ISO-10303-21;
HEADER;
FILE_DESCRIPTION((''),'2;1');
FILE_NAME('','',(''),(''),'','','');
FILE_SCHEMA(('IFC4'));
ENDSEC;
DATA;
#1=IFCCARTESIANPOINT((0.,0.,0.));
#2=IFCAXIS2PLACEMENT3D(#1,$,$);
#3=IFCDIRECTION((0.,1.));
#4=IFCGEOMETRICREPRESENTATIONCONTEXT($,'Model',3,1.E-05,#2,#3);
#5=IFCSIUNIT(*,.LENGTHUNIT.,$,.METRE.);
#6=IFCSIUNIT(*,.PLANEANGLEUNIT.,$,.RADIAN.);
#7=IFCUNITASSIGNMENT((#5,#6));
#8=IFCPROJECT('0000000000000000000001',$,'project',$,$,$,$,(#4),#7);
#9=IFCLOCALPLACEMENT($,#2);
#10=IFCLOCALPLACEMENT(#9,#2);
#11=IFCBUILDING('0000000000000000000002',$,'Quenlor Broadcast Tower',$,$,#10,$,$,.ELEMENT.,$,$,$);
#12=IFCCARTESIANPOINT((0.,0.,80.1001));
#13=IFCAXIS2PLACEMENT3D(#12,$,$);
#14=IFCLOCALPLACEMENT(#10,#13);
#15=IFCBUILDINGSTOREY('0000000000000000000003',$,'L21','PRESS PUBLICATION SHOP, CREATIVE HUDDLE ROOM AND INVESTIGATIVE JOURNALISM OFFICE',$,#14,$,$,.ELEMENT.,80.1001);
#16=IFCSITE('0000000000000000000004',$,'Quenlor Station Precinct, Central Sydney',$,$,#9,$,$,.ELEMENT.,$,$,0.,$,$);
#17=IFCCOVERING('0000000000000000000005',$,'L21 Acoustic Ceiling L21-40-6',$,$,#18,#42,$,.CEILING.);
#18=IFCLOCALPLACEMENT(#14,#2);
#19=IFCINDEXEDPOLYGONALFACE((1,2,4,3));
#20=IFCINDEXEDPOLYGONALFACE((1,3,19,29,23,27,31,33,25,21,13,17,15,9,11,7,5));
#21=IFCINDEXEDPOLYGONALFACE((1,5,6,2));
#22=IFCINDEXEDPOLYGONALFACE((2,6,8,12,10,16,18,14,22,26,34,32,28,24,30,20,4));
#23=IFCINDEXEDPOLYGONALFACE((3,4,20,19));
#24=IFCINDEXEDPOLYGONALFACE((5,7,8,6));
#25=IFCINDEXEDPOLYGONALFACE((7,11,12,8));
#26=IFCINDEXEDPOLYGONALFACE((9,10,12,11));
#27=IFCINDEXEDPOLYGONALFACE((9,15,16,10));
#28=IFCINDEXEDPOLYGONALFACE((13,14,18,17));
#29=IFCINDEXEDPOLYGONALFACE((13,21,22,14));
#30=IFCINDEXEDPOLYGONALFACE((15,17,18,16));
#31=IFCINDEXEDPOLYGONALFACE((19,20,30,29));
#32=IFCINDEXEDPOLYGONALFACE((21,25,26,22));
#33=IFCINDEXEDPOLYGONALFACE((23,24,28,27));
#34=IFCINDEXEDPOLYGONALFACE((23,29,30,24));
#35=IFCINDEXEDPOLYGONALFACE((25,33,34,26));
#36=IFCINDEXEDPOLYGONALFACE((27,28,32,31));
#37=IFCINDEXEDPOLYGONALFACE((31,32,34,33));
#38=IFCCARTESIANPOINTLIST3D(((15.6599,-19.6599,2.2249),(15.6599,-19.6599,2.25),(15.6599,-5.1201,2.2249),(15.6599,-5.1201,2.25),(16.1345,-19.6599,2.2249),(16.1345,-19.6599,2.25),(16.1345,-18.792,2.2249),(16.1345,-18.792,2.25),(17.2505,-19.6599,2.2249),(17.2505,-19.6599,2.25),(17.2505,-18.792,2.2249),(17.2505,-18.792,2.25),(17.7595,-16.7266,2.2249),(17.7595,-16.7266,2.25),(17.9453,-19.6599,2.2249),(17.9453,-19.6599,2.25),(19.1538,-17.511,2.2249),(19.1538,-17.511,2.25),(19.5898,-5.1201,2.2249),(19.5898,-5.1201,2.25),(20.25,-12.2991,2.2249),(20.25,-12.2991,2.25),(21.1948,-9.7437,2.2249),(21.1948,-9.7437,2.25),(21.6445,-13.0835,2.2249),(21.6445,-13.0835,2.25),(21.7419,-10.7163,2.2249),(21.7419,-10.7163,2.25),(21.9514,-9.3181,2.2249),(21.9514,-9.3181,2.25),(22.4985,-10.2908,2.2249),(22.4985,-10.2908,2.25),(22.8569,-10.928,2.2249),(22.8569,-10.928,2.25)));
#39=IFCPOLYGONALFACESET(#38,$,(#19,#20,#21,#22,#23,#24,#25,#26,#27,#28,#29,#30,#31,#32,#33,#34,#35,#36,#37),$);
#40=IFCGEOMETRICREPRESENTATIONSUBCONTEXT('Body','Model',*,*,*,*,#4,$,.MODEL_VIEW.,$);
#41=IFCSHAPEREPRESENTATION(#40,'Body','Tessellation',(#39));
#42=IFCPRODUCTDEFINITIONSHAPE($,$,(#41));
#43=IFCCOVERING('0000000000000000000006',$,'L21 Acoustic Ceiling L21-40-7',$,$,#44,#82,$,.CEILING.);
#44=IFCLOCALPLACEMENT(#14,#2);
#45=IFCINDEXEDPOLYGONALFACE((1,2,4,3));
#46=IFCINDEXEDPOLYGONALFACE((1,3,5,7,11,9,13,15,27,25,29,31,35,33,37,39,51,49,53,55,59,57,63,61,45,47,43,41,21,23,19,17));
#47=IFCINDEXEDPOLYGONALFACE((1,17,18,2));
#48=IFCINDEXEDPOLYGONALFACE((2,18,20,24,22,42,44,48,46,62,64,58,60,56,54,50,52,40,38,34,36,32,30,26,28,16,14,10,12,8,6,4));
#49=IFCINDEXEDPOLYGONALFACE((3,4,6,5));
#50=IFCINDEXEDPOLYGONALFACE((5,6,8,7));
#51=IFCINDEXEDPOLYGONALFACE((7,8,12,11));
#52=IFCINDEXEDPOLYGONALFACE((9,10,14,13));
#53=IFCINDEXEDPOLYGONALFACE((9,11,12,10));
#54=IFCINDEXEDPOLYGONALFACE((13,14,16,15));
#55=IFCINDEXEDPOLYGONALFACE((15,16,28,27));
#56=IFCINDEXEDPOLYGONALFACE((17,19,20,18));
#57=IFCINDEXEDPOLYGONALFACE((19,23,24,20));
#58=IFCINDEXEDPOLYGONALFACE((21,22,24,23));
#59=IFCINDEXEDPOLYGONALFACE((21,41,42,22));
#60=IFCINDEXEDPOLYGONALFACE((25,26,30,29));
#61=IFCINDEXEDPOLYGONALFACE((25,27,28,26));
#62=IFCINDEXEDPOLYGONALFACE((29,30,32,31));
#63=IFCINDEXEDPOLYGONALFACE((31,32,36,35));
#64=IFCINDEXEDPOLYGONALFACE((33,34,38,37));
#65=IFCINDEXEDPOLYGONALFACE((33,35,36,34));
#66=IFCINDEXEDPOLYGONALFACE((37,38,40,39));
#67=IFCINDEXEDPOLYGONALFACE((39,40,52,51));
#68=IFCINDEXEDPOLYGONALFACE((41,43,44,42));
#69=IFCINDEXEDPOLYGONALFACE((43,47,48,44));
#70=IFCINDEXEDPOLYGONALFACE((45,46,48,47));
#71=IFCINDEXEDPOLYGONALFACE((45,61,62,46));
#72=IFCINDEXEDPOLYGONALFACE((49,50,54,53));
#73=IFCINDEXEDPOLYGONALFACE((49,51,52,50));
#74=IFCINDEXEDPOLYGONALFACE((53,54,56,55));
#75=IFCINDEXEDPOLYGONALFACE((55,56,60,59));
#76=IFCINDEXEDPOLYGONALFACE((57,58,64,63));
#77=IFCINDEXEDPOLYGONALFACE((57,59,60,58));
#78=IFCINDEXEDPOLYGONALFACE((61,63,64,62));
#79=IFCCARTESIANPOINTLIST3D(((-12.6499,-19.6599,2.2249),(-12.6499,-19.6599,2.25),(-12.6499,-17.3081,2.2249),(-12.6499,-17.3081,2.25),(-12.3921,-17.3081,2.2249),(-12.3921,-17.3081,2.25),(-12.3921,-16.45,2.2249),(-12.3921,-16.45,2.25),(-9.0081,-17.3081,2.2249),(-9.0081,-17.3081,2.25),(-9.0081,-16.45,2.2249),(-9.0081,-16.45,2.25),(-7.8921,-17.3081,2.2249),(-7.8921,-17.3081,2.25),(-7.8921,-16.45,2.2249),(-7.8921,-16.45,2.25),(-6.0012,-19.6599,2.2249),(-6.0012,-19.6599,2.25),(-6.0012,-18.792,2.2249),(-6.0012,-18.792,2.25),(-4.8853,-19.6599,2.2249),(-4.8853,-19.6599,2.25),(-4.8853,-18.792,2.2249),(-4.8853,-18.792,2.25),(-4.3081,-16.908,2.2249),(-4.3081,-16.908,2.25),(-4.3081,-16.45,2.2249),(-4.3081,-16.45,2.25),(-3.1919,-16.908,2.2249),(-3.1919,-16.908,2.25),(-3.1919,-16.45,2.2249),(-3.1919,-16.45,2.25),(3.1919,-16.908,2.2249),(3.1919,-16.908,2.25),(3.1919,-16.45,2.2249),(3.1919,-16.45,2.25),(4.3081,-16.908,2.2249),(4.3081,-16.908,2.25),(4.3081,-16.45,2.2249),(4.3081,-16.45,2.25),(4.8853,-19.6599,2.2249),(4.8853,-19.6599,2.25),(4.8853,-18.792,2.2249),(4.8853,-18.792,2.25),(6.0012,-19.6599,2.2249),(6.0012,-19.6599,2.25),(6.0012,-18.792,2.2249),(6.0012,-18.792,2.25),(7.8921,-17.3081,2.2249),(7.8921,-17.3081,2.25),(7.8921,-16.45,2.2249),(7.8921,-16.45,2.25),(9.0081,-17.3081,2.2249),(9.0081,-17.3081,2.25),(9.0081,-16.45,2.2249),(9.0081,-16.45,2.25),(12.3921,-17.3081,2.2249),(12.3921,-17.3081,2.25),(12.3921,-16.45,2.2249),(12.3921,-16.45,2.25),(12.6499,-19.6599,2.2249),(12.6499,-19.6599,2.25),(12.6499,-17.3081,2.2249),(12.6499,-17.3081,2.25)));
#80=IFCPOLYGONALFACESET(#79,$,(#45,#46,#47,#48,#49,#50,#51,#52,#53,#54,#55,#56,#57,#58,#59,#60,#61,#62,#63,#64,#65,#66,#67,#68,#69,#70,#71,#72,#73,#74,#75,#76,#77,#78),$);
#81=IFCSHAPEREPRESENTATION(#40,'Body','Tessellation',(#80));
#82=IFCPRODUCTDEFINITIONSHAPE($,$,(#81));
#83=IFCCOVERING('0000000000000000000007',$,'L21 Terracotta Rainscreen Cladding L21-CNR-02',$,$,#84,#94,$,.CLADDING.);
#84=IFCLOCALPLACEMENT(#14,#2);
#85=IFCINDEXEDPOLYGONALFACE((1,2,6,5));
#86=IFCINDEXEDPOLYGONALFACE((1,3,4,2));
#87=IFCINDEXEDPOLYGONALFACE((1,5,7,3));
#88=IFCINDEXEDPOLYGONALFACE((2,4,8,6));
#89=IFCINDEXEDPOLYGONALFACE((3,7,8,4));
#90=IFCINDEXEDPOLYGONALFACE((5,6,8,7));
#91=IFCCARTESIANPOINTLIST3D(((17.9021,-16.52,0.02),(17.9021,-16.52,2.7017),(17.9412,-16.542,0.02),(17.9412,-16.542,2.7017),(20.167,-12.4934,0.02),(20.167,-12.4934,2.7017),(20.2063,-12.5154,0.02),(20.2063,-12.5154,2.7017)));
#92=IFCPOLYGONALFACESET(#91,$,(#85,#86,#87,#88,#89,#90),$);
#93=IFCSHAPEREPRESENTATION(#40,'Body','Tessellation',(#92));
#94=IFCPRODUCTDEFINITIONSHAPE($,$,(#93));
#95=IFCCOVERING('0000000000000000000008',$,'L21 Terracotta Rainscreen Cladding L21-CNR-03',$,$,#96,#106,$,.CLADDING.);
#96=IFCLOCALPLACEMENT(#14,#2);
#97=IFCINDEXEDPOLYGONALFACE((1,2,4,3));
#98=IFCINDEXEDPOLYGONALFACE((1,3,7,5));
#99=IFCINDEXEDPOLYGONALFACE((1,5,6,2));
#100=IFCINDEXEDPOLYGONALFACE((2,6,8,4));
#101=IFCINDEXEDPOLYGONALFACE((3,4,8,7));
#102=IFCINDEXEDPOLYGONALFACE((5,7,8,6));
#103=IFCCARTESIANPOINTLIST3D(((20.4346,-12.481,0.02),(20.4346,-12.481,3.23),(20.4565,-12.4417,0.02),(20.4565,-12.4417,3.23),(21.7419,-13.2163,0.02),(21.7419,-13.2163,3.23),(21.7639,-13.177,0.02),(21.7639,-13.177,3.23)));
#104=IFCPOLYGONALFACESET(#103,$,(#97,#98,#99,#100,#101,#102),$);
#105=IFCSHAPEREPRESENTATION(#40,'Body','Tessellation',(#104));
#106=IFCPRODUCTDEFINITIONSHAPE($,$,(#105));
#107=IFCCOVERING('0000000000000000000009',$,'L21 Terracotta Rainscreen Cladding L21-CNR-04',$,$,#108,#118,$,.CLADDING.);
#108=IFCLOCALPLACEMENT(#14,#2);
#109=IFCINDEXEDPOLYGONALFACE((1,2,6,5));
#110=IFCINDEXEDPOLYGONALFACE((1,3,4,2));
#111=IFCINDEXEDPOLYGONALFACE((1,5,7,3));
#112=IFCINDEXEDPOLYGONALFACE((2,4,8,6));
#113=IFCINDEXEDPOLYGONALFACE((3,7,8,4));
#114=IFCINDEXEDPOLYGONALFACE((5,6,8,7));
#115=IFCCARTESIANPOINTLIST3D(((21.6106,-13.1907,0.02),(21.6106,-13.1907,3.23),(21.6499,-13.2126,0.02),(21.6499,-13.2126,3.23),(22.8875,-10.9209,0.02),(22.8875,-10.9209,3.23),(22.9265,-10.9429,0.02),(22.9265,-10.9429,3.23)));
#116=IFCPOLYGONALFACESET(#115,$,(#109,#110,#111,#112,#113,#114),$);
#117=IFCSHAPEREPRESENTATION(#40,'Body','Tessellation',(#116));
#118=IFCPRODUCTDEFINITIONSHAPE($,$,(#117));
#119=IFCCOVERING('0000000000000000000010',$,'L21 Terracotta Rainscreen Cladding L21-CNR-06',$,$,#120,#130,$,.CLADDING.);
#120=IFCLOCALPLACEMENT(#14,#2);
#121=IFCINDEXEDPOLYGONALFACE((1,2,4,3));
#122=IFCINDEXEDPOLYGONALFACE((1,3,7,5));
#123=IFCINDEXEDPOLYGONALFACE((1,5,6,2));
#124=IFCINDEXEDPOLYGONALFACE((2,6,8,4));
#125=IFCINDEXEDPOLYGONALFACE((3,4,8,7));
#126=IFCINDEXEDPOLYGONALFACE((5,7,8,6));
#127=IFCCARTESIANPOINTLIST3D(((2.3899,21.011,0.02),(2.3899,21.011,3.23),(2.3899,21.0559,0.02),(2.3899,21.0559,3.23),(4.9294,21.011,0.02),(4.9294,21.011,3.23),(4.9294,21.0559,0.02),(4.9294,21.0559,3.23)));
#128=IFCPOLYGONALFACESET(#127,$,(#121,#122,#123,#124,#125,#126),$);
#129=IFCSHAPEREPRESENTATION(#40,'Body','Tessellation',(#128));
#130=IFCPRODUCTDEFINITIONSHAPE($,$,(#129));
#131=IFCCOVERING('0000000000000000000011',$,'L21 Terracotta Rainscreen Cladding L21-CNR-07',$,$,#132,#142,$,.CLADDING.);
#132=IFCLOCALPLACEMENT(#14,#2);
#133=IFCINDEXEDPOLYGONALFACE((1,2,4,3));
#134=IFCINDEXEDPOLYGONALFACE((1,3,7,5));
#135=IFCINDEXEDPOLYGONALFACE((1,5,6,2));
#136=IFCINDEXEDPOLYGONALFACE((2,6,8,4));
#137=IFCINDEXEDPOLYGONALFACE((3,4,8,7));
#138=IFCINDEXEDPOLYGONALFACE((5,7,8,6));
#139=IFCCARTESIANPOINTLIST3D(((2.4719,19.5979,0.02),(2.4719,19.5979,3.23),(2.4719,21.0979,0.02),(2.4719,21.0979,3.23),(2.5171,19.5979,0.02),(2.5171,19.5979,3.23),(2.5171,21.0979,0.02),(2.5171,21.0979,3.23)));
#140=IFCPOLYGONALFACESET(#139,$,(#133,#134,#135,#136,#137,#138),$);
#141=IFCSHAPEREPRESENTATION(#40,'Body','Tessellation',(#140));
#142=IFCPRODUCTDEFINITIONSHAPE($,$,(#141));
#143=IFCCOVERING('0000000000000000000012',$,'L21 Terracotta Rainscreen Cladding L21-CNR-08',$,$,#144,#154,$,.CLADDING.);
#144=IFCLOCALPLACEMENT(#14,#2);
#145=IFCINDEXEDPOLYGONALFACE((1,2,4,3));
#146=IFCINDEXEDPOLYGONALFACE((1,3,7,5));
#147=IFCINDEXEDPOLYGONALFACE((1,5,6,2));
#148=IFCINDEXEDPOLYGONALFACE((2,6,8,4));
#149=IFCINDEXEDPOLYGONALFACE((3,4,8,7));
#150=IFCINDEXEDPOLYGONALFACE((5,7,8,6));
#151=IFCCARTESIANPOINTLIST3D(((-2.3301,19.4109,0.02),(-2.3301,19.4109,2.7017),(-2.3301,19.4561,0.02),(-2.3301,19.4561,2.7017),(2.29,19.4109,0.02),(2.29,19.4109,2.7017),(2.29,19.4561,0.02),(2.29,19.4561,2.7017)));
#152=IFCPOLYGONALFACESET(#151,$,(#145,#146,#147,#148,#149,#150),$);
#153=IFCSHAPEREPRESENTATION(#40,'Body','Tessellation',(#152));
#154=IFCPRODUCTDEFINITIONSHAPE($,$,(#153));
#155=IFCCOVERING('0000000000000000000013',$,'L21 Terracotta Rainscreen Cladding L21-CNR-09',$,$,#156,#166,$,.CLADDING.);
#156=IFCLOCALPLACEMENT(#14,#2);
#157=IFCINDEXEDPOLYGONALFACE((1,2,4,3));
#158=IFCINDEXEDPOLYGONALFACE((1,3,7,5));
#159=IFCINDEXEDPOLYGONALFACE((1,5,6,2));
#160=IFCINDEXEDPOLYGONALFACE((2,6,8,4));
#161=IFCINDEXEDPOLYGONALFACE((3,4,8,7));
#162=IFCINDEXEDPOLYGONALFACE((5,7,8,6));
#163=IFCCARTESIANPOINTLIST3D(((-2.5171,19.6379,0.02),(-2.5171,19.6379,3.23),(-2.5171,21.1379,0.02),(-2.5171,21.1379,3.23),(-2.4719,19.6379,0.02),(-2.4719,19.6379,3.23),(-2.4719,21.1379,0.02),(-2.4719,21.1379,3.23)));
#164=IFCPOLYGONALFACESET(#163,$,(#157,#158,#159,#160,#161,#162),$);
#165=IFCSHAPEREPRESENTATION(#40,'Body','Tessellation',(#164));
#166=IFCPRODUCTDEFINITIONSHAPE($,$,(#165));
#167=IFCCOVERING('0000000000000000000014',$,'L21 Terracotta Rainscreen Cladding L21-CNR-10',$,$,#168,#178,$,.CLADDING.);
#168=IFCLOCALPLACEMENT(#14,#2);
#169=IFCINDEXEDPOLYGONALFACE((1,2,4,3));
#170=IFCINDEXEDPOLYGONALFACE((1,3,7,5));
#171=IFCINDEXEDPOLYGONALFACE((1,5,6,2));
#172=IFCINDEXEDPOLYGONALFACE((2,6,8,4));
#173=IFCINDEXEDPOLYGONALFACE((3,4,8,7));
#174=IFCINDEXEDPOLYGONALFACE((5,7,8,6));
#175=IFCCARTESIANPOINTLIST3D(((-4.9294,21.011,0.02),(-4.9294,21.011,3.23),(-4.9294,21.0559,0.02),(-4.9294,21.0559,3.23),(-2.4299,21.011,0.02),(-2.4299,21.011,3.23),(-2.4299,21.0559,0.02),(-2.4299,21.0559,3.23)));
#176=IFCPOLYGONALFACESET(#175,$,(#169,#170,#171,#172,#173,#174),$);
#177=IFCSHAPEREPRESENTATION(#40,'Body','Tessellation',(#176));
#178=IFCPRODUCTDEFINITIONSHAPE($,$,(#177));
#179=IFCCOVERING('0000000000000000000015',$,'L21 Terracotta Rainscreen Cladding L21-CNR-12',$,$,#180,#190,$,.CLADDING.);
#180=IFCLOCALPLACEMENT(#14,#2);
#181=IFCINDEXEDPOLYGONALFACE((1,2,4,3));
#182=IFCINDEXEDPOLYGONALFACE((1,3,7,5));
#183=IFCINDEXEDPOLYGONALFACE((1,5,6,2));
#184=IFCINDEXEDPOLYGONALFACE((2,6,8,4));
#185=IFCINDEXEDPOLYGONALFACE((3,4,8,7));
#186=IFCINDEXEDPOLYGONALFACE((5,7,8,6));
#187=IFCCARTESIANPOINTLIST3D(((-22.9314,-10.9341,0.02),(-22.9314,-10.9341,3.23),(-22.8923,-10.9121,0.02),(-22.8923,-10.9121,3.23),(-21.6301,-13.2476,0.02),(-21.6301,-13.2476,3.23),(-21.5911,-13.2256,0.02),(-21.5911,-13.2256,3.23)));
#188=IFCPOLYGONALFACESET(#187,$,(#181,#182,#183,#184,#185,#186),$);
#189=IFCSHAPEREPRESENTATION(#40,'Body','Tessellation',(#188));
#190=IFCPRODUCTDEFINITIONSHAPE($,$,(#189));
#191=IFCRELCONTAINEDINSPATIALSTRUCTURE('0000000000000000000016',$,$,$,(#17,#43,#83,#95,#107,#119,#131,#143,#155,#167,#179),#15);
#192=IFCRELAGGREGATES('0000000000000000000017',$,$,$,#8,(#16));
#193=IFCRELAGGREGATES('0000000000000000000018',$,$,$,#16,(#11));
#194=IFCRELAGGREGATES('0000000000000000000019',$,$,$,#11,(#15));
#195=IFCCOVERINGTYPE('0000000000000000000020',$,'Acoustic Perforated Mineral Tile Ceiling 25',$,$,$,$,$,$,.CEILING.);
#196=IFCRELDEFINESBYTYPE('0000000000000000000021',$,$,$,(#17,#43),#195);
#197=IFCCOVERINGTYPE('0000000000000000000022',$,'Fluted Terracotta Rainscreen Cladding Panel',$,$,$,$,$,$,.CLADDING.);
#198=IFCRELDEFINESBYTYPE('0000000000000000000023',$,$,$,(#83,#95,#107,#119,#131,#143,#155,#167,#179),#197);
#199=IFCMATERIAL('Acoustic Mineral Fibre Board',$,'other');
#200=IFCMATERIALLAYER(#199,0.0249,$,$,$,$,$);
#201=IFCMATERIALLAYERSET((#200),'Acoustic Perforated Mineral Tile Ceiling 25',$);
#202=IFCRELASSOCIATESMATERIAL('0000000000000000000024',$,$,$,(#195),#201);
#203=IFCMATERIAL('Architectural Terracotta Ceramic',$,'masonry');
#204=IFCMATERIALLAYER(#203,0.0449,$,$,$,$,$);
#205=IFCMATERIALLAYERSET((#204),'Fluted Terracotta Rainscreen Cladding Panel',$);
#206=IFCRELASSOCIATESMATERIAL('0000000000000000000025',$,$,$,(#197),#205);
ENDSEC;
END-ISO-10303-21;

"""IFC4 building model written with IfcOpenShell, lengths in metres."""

from ifc_helpers import new_model, si_unit, direction, frame, origin, place, context, subcontext, project, spatial, polyline, outline, extrude, material, layer, layer_set, type_object, element, save


model = new_model("IFC4")

# Units and contexts
model_context = context("Model", 3, precision=1e-05, world=origin(), true_north=direction((0.0, 1.0)))
body_context = subcontext(model_context, "Body", "Model", "MODEL_VIEW")
ifc_project = project(units=[si_unit("LENGTHUNIT", "METRE"), si_unit("PLANEANGLEUNIT", "RADIAN")], contexts=[model_context])

# Site, building, storey
site_placement = place(None, origin())
site = spatial("IfcSite", under=ifc_project, at=site_placement, Name="Quenlor Station Precinct, Central Sydney", CompositionType="ELEMENT", RefElevation=0.0)
building_placement = place(site_placement, origin())
building = spatial("IfcBuilding", under=site, at=building_placement, Name="Quenlor Broadcast Tower", CompositionType="ELEMENT")
storey_placement = place(building_placement, frame((0.0, 0.0, 80.1001)))
storey = spatial("IfcBuildingStorey", under=building, at=storey_placement, Name="L21", Description="PRESS PUBLICATION SHOP, CREATIVE HUDDLE ROOM AND INVESTIGATIVE JOURNALISM OFFICE", CompositionType="ELEMENT", Elevation=80.1001)

# Coverings
ifc_material_1 = material(Name="Acoustic Mineral Fibre Board", Category="other")
ifc_layer_1 = layer(ifc_material_1, 0.0249)
ifc_layer_set_1 = layer_set([ifc_layer_1], Name="Acoustic Perforated Mineral Tile Ceiling 25")
covering_type_1 = type_object("IfcCoveringType", Name="Acoustic Perforated Mineral Tile Ceiling 25", PredefinedType="CEILING", material=ifc_layer_set_1)
covering_1_placement = place(storey_placement, frame((0.0, 0.0, 2.2249)))
element("IfcCovering", 1, at=covering_1_placement, inside=storey, type_object=covering_type_1, Name="L21 Acoustic Ceiling L21-40-6", PredefinedType="CEILING", context=body_context, shape_type="SweptSolid", body=[
    extrude(outline(polyline([(21.9514, -9.3181), (21.1948, -9.7437), (21.7419, -10.7163), (22.4985, -10.2908), (22.8569, -10.928), (21.6445, -13.0835), (20.25, -12.2991), (17.7595, -16.7266), (19.1538, -17.511), (17.9453, -19.6599), (17.2505, -19.6599), (17.2505, -18.792), (16.1345, -18.792), (16.1345, -19.6599), (15.6599, -19.6599), (15.6599, -5.1201), (19.5898, -5.1201), (21.9514, -9.3181)])), origin(), (0.0, 0.0, 1.0), 0.0251),
])
covering_2_placement = place(storey_placement, frame((0.0, 0.0, 2.2249)))
element("IfcCovering", 2, at=covering_2_placement, inside=storey, type_object=covering_type_1, Name="L21 Acoustic Ceiling L21-40-7", PredefinedType="CEILING", context=body_context, shape_type="SweptSolid", body=[
    extrude(outline(polyline([(-12.3921, -17.3081), (-12.3921, -16.45), (-9.0081, -16.45), (-9.0081, -17.3081), (-7.8921, -17.3081), (-7.8921, -16.45), (-4.3081, -16.45), (-4.3081, -16.908), (-3.1919, -16.908), (-3.1919, -16.45), (3.1919, -16.45), (3.1919, -16.908), (4.3081, -16.908), (4.3081, -16.45), (7.8921, -16.45), (7.8921, -17.3081), (9.0081, -17.3081), (9.0081, -16.45), (12.3921, -16.45), (12.3921, -17.3081), (12.6499, -17.3081), (12.6499, -19.6599), (6.0012, -19.6599), (6.0012, -18.792), (4.8853, -18.792), (4.8853, -19.6599), (-4.8853, -19.6599), (-4.8853, -18.792), (-6.0012, -18.792), (-6.0012, -19.6599), (-12.6499, -19.6599), (-12.6499, -17.3081), (-12.3921, -17.3081)])), origin(), (0.0, 0.0, 1.0), 0.0251),
])
ifc_material_2 = material(Name="Architectural Terracotta Ceramic", Category="masonry")
ifc_layer_2 = layer(ifc_material_2, 0.0449)
ifc_layer_set_2 = layer_set([ifc_layer_2], Name="Fluted Terracotta Rainscreen Cladding Panel")
covering_type_2 = type_object("IfcCoveringType", Name="Fluted Terracotta Rainscreen Cladding Panel", PredefinedType="CLADDING", material=ifc_layer_set_2)
covering_3_placement = place(storey_placement, frame((0.0, 0.0, 0.02)))
element("IfcCovering", 3, at=covering_3_placement, inside=storey, type_object=covering_type_2, Name="L21 Terracotta Rainscreen Cladding L21-CNR-02", PredefinedType="CLADDING", context=body_context, shape_type="SweptSolid", body=[
    extrude(outline(polyline([(17.9412, -16.542), (20.2063, -12.5154), (20.167, -12.4934), (17.9021, -16.52), (17.9412, -16.542)])), origin(), (0.0, 0.0, 1.0), 2.6816),
])
covering_4_placement = place(storey_placement, frame((0.0, 0.0, 0.02)))
element("IfcCovering", 4, at=covering_4_placement, inside=storey, type_object=covering_type_2, Name="L21 Terracotta Rainscreen Cladding L21-CNR-03", PredefinedType="CLADDING", context=body_context, shape_type="SweptSolid", body=[
    extrude(outline(polyline([(20.4346, -12.481), (21.7419, -13.2163), (21.7639, -13.177), (20.4565, -12.4417), (20.4346, -12.481)])), origin(), (0.0, 0.0, 1.0), 3.21),
])
covering_5_placement = place(storey_placement, frame((0.0, 0.0, 0.02)))
element("IfcCovering", 5, at=covering_5_placement, inside=storey, type_object=covering_type_2, Name="L21 Terracotta Rainscreen Cladding L21-CNR-04", PredefinedType="CLADDING", context=body_context, shape_type="SweptSolid", body=[
    extrude(outline(polyline([(21.6499, -13.2126), (22.9265, -10.9429), (22.8875, -10.9209), (21.6106, -13.1907), (21.6499, -13.2126)])), origin(), (0.0, 0.0, 1.0), 3.21),
])
covering_6_placement = place(storey_placement, frame((0.0, 0.0, 0.02)))
element("IfcCovering", 6, at=covering_6_placement, inside=storey, type_object=covering_type_2, Name="L21 Terracotta Rainscreen Cladding L21-CNR-06", PredefinedType="CLADDING", context=body_context, shape_type="SweptSolid", body=[
    extrude(outline(polyline([(4.9294, 21.0559), (2.3899, 21.0559), (2.3899, 21.011), (4.9294, 21.011), (4.9294, 21.0559)])), origin(), (0.0, 0.0, 1.0), 3.21),
])
covering_7_placement = place(storey_placement, frame((0.0, 0.0, 0.02)))
element("IfcCovering", 7, at=covering_7_placement, inside=storey, type_object=covering_type_2, Name="L21 Terracotta Rainscreen Cladding L21-CNR-07", PredefinedType="CLADDING", context=body_context, shape_type="SweptSolid", body=[
    extrude(outline(polyline([(2.4719, 21.0979), (2.4719, 19.5979), (2.5171, 19.5979), (2.5171, 21.0979), (2.4719, 21.0979)])), origin(), (0.0, 0.0, 1.0), 3.21),
])
covering_8_placement = place(storey_placement, frame((0.0, 0.0, 0.02)))
element("IfcCovering", 8, at=covering_8_placement, inside=storey, type_object=covering_type_2, Name="L21 Terracotta Rainscreen Cladding L21-CNR-08", PredefinedType="CLADDING", context=body_context, shape_type="SweptSolid", body=[
    extrude(outline(polyline([(2.29, 19.4561), (-2.3301, 19.4561), (-2.3301, 19.4109), (2.29, 19.4109), (2.29, 19.4561)])), origin(), (0.0, 0.0, 1.0), 2.6816),
])
covering_9_placement = place(storey_placement, frame((0.0, 0.0, 0.02)))
element("IfcCovering", 9, at=covering_9_placement, inside=storey, type_object=covering_type_2, Name="L21 Terracotta Rainscreen Cladding L21-CNR-09", PredefinedType="CLADDING", context=body_context, shape_type="SweptSolid", body=[
    extrude(outline(polyline([(-2.4719, 19.6379), (-2.4719, 21.1379), (-2.5171, 21.1379), (-2.5171, 19.6379), (-2.4719, 19.6379)])), origin(), (0.0, 0.0, 1.0), 3.21),
])
covering_10_placement = place(storey_placement, frame((0.0, 0.0, 0.02)))
element("IfcCovering", 10, at=covering_10_placement, inside=storey, type_object=covering_type_2, Name="L21 Terracotta Rainscreen Cladding L21-CNR-10", PredefinedType="CLADDING", context=body_context, shape_type="SweptSolid", body=[
    extrude(outline(polyline([(-2.4299, 21.0559), (-4.9294, 21.0559), (-4.9294, 21.011), (-2.4299, 21.011), (-2.4299, 21.0559)])), origin(), (0.0, 0.0, 1.0), 3.21),
])
covering_11_placement = place(storey_placement, frame((0.0, 0.0, 0.02)))
element("IfcCovering", 11, at=covering_11_placement, inside=storey, type_object=covering_type_2, Name="L21 Terracotta Rainscreen Cladding L21-CNR-12", PredefinedType="CLADDING", context=body_context, shape_type="SweptSolid", body=[
    extrude(outline(polyline([(-22.9314, -10.9341), (-21.6301, -13.2476), (-21.5911, -13.2256), (-22.8923, -10.9121), (-22.9314, -10.9341)])), origin(), (0.0, 0.0, 1.0), 3.21),
])

save(model, "model.ifc")
